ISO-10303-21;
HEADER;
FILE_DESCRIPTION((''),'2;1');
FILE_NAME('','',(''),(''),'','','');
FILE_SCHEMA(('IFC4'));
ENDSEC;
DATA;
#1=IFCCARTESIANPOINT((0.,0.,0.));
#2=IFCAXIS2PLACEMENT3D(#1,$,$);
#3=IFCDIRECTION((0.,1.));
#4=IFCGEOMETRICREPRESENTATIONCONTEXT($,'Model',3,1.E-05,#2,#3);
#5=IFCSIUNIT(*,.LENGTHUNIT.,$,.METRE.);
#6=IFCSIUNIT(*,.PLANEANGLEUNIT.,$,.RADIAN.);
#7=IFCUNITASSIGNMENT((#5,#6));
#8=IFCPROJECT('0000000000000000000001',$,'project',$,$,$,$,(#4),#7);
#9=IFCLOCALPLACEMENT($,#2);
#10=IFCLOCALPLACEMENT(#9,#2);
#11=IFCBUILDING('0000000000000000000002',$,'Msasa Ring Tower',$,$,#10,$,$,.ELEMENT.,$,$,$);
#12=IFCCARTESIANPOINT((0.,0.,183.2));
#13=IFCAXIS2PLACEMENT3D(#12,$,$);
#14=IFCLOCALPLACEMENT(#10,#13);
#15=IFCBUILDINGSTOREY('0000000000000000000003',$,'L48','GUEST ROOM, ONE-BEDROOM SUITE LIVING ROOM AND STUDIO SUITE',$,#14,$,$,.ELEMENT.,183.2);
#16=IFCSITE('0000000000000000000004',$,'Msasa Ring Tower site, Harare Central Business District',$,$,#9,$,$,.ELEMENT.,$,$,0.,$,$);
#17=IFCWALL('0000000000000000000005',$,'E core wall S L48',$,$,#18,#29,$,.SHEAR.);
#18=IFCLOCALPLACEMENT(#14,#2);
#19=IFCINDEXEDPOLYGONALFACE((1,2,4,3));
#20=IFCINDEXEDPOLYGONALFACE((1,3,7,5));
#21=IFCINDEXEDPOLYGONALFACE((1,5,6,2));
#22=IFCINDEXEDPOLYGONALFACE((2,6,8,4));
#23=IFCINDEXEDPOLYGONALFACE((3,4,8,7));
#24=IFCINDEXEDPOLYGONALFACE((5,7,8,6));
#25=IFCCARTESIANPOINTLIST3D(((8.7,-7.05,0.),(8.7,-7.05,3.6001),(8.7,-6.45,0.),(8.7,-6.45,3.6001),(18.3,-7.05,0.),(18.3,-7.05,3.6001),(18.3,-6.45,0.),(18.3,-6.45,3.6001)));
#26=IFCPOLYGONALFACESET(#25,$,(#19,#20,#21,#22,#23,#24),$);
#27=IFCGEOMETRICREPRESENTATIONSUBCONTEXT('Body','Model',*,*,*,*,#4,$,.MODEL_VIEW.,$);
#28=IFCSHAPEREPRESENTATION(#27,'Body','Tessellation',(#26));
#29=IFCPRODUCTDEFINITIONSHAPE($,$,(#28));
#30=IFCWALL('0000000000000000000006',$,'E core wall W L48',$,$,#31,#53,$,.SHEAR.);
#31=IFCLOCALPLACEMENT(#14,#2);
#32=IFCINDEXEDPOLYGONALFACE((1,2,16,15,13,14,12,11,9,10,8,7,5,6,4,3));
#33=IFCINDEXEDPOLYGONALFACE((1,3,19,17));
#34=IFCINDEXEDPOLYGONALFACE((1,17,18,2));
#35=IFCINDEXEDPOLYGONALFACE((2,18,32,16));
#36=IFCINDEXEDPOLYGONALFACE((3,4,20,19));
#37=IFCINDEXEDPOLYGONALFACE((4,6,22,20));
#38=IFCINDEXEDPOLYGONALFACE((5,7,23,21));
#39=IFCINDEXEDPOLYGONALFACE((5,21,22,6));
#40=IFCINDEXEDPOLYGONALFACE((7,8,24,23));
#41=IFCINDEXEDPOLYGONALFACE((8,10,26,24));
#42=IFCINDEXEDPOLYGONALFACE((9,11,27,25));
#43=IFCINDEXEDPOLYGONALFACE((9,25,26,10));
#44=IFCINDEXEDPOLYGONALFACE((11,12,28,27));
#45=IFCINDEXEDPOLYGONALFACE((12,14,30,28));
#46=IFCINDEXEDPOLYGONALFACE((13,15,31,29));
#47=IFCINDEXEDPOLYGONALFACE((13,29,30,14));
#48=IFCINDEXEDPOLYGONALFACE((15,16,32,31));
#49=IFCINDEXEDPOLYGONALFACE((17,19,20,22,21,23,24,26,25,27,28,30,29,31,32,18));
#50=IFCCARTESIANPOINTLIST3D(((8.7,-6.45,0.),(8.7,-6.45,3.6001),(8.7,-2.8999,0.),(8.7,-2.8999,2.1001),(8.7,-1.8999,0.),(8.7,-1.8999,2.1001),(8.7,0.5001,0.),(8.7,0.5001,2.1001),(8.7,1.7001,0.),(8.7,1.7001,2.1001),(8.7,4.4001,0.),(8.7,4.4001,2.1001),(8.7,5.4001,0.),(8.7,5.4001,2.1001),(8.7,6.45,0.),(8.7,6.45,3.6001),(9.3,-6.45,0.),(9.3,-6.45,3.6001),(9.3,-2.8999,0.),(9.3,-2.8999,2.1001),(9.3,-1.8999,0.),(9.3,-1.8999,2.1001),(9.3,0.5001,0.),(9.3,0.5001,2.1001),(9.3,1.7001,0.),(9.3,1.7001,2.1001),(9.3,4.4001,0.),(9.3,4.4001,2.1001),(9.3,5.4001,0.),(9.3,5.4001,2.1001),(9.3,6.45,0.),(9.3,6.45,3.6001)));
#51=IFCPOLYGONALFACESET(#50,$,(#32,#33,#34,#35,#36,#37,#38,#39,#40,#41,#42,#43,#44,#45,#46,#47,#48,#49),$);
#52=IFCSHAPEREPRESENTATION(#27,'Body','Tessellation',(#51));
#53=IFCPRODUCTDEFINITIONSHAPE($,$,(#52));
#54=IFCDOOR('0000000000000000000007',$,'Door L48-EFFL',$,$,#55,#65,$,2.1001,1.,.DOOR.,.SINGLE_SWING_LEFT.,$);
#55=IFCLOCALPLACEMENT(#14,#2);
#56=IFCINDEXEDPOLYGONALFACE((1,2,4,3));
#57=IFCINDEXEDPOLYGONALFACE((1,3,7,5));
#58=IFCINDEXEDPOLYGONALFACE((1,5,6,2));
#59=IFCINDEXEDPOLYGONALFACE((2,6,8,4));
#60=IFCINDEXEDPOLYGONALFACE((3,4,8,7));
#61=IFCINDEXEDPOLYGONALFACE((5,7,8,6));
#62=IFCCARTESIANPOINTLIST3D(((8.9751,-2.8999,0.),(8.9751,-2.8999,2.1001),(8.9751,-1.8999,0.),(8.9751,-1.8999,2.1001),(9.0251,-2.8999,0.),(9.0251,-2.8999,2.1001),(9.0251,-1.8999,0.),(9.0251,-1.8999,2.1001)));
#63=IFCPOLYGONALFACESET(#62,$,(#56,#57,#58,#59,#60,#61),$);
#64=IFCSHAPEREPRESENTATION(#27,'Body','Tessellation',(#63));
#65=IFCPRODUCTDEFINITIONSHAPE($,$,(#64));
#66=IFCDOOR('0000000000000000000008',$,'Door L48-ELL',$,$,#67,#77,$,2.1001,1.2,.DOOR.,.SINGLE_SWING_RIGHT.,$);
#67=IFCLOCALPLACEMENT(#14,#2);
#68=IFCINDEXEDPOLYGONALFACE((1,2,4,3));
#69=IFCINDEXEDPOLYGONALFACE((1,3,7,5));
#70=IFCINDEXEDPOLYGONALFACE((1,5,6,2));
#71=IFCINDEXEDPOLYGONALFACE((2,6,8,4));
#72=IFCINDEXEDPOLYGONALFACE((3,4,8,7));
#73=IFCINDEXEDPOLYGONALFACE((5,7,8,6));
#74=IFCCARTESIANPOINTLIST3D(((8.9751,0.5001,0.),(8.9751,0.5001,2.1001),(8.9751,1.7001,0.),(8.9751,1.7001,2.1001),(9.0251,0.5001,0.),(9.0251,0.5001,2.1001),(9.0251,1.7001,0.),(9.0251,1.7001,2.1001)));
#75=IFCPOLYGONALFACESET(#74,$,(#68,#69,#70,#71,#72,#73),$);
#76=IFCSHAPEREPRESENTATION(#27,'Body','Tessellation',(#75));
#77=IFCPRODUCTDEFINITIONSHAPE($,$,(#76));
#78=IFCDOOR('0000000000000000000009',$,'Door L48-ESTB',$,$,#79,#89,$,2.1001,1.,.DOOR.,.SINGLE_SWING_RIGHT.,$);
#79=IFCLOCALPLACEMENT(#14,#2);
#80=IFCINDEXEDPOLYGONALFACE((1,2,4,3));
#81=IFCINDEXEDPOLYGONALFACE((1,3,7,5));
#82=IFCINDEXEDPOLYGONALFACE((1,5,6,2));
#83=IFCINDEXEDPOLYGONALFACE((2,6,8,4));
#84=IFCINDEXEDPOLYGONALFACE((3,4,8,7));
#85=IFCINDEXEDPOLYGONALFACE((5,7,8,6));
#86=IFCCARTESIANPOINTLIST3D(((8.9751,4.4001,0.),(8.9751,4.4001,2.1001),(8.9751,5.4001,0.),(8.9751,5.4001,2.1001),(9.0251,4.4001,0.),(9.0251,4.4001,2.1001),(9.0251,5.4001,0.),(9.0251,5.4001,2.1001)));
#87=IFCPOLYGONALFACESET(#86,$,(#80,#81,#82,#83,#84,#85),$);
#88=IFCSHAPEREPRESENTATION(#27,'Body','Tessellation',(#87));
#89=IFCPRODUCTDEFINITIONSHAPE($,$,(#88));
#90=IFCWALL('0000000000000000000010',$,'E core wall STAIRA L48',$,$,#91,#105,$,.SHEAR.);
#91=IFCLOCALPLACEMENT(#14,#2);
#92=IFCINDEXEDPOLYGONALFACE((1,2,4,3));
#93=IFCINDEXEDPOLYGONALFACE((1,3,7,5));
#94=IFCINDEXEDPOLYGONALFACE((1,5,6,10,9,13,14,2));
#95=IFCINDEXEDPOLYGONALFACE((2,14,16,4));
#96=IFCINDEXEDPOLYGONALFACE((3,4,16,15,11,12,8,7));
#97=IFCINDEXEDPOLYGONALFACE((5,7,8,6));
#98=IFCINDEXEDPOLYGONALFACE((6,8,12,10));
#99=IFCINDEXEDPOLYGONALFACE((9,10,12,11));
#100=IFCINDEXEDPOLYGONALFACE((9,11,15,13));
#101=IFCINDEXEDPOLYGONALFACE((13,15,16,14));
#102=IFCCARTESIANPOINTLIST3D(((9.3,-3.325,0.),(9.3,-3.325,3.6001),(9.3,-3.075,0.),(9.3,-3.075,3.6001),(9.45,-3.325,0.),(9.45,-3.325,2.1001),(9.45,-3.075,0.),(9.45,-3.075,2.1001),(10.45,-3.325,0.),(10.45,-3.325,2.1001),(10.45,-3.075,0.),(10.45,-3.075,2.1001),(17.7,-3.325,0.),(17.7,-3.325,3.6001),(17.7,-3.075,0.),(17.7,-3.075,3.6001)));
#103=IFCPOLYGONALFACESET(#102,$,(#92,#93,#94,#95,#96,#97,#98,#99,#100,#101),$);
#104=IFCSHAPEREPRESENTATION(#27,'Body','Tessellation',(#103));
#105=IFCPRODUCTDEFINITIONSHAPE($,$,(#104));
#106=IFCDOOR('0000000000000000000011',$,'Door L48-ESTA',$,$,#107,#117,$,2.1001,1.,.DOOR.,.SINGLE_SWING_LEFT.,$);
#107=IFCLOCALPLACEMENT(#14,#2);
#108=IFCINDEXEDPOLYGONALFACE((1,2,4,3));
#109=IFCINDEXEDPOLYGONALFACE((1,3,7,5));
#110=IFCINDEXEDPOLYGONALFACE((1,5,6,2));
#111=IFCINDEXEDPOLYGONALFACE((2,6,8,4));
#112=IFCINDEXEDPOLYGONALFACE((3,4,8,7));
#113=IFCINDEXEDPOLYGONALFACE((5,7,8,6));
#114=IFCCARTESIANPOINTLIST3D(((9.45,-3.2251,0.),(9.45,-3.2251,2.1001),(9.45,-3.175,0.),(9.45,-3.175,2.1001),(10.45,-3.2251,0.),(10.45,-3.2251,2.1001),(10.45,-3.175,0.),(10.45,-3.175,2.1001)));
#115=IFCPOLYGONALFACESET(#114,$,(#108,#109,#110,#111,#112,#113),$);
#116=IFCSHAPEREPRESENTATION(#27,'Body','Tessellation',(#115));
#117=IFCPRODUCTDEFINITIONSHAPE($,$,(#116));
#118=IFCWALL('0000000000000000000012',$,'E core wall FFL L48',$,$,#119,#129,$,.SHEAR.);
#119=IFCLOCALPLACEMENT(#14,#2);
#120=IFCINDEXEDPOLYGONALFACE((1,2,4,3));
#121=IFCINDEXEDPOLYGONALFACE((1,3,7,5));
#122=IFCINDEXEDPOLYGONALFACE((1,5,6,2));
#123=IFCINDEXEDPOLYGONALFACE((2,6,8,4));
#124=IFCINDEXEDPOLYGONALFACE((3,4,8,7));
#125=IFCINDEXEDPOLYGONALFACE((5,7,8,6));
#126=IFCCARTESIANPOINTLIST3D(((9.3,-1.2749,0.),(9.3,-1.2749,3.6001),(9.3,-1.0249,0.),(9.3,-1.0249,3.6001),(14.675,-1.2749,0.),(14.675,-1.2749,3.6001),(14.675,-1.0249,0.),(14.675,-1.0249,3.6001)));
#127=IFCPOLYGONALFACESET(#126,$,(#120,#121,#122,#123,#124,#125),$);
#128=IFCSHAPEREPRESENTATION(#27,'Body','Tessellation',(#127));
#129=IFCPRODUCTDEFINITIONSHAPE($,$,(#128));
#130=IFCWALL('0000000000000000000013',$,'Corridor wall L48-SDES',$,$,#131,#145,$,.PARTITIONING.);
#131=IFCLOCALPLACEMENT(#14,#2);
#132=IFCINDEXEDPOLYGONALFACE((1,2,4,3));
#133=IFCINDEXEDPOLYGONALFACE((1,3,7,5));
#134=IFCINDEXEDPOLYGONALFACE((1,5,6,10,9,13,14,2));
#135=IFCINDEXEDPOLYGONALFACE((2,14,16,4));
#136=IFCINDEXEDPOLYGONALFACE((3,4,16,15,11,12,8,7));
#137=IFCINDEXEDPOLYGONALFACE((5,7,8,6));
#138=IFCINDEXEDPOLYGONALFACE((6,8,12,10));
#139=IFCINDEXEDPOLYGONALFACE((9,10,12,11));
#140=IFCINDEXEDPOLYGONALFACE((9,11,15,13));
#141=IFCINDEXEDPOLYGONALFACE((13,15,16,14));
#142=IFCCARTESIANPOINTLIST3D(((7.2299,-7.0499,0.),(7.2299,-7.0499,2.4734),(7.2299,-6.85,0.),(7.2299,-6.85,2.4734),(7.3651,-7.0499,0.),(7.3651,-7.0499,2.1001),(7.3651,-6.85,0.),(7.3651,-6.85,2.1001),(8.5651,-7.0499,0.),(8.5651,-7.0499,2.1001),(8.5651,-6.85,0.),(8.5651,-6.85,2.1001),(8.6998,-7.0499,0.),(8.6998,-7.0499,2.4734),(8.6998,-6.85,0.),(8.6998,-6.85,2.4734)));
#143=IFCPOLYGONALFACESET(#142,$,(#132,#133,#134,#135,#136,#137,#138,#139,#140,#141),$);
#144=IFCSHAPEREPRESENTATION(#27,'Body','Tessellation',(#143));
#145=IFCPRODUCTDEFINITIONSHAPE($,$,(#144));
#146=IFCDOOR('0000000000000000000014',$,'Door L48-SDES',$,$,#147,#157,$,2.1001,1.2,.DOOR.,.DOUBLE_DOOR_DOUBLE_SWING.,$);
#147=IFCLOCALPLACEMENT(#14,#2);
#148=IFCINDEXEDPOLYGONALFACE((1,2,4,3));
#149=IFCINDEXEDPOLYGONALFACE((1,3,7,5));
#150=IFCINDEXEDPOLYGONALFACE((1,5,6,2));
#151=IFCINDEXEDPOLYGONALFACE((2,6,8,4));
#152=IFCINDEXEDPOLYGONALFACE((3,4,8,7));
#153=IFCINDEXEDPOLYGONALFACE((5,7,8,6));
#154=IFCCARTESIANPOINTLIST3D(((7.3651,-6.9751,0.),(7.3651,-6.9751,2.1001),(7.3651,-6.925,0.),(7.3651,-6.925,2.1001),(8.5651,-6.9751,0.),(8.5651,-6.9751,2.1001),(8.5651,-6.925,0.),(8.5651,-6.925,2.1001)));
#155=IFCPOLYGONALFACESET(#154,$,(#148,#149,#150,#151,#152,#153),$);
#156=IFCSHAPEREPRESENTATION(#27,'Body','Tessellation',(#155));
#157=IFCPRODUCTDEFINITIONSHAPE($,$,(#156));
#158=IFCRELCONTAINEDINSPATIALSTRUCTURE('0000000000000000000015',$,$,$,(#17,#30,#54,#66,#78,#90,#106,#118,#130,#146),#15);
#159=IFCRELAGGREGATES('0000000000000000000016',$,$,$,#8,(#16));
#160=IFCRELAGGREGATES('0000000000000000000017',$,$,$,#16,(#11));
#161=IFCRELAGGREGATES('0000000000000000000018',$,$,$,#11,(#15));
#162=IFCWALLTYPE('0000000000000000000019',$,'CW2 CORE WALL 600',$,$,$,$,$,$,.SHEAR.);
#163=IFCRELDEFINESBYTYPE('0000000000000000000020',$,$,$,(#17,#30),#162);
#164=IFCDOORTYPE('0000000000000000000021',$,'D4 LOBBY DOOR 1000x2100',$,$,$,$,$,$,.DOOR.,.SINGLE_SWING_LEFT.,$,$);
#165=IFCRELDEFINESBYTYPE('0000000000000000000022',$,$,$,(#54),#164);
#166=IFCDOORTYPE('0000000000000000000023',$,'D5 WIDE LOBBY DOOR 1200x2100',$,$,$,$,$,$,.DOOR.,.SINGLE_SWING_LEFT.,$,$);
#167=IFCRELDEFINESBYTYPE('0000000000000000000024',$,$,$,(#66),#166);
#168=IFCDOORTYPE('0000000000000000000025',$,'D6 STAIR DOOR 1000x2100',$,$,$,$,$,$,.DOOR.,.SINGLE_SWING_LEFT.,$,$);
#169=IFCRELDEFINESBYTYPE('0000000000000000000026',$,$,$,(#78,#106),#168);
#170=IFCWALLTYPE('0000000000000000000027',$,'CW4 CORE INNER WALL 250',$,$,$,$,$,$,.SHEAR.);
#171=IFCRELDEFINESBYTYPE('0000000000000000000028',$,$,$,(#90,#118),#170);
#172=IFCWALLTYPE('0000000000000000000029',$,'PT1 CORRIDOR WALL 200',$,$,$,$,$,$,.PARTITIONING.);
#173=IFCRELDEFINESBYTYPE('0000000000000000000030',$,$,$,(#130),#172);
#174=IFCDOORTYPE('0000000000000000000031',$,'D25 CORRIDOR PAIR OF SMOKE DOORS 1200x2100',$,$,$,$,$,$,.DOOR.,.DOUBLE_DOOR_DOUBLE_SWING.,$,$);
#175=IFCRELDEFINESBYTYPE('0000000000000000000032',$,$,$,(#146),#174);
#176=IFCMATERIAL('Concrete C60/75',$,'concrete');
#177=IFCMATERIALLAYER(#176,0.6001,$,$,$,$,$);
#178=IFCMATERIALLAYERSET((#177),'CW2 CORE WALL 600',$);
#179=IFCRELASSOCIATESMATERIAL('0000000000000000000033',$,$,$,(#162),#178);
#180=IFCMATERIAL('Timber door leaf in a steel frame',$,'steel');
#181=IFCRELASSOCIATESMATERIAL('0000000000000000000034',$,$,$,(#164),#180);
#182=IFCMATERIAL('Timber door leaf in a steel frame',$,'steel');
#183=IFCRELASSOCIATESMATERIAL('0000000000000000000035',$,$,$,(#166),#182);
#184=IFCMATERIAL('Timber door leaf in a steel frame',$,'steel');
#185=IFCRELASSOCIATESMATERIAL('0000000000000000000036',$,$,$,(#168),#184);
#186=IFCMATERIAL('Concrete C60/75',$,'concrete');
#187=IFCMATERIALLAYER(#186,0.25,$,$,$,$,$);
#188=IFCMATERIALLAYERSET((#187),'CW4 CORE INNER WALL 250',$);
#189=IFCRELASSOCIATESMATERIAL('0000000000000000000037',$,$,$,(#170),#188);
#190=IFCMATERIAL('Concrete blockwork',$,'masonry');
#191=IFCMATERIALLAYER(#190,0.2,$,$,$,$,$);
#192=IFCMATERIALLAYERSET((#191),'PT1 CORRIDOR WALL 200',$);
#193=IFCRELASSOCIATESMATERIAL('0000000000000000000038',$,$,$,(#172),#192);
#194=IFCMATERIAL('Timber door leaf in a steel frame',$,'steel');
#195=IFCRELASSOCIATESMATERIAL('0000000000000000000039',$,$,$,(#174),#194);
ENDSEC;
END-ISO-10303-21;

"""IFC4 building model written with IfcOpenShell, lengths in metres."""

from ifc_helpers import new_model, si_unit, direction, frame, frame_2d, origin, place, context, subcontext, project, spatial, rectangle, extrude, material, layer, layer_set, type_object, element, fill, save


model = new_model("IFC4")

# Units and contexts
model_context = context("Model", 3, precision=1e-05, world=origin(), true_north=direction((0.0, 1.0)))
body_context = subcontext(model_context, "Body", "Model", "MODEL_VIEW")
ifc_project = project(units=[si_unit("LENGTHUNIT", "METRE"), si_unit("PLANEANGLEUNIT", "RADIAN")], contexts=[model_context])

# Site, building, storey
site_placement = place(None, origin())
site = spatial("IfcSite", under=ifc_project, at=site_placement, Name="Msasa Ring Tower site, Harare Central Business District", CompositionType="ELEMENT", RefElevation=0.0)
building_placement = place(site_placement, origin())
building = spatial("IfcBuilding", under=site, at=building_placement, Name="Msasa Ring Tower", CompositionType="ELEMENT")
storey_placement = place(building_placement, frame((0.0, 0.0, 183.2)))
storey = spatial("IfcBuildingStorey", under=building, at=storey_placement, Name="L48", Description="GUEST ROOM, ONE-BEDROOM SUITE LIVING ROOM AND STUDIO SUITE", CompositionType="ELEMENT", Elevation=183.2)

# Wall
ifc_material_1 = material(Name="Concrete C60/75", Category="concrete")
ifc_layer_1 = layer(ifc_material_1, 0.6001)
ifc_layer_set_1 = layer_set([ifc_layer_1], Name="CW2 CORE WALL 600")
wall_type_1 = type_object("IfcWallType", Name="CW2 CORE WALL 600", PredefinedType="SHEAR", material=ifc_layer_set_1)
wall_1_placement = place(storey_placement, frame((8.7, -6.75, 0.0), z_axis=(0.0, 0.0, 1.0), x_axis=(1.0, 0.0, 0.0)))
element("IfcWall", 1, at=wall_1_placement, inside=storey, type_object=wall_type_1, Name="E core wall S L48", PredefinedType="SHEAR", context=body_context, shape_type="SweptSolid", body=[
    extrude(rectangle(XDim=9.6001, YDim=0.6001, at=frame_2d((4.8, 0.0))), origin(), (0.0, 0.0, 1.0), 3.6001),
])

# Wall, openings, doors
wall_2_placement = place(storey_placement, frame((9.0, -6.45, 0.0), z_axis=(0.0, 0.0, 1.0), x_axis=(0.0, 1.0, 0.0)))
wall_2 = element("IfcWall", 2, at=wall_2_placement, inside=storey, type_object=wall_type_1, Name="E core wall W L48", PredefinedType="SHEAR", context=body_context, shape_type="SweptSolid", body=[
    extrude(rectangle(XDim=12.8999, YDim=0.6001, at=frame_2d((6.45, 0.0))), origin(), (0.0, 0.0, 1.0), 3.6001),
])
opening_1_placement = place(wall_2_placement, frame((3.55, 0.0, 0.0)))
opening_1 = element("IfcOpeningElement", 3, at=opening_1_placement, cuts=wall_2, PredefinedType="OPENING", context=body_context, shape_type="SweptSolid", body=[
    extrude(rectangle(XDim=1.0, YDim=2.1001, at=frame_2d((0.5, 1.05))), frame((0.0, 0.3101, 0.0), z_axis=(0.0, -1.0, 0.0), x_axis=(1.0, 0.0, 0.0)), (0.0, 0.0, 1.0), 0.6201),
])
opening_2_placement = place(wall_2_placement, frame((6.95, 0.0, 0.0)))
opening_2 = element("IfcOpeningElement", 4, at=opening_2_placement, cuts=wall_2, PredefinedType="OPENING", context=body_context, shape_type="SweptSolid", body=[
    extrude(rectangle(XDim=1.2, YDim=2.1001, at=frame_2d((0.6001, 1.05))), frame((0.0, 0.3101, 0.0), z_axis=(0.0, -1.0, 0.0), x_axis=(1.0, 0.0, 0.0)), (0.0, 0.0, 1.0), 0.6201),
])
opening_3_placement = place(wall_2_placement, frame((10.8501, 0.0, 0.0)))
opening_3 = element("IfcOpeningElement", 5, at=opening_3_placement, cuts=wall_2, PredefinedType="OPENING", context=body_context, shape_type="SweptSolid", body=[
    extrude(rectangle(XDim=1.0, YDim=2.1001, at=frame_2d((0.5, 1.05))), frame((0.0, 0.3101, 0.0), z_axis=(0.0, -1.0, 0.0), x_axis=(1.0, 0.0, 0.0)), (0.0, 0.0, 1.0), 0.6201),
])
ifc_material_2 = material(Name="Timber door leaf in a steel frame", Category="steel")
door_type_1 = type_object("IfcDoorType", Name="D4 LOBBY DOOR 1000x2100", OperationType="SINGLE_SWING_LEFT", PredefinedType="DOOR", material=ifc_material_2)
door_1_placement = place(opening_1_placement, origin())
door_1 = element("IfcDoor", 6, at=door_1_placement, inside=storey, type_object=door_type_1, Name="Door L48-EFFL", OperationType="SINGLE_SWING_LEFT", OverallHeight=2.1001, OverallWidth=1.0, PredefinedType="DOOR", context=body_context, shape_type="SweptSolid", body=[
    extrude(rectangle(XDim=1.0, YDim=2.1001, at=frame_2d((0.5, 1.05))), frame((0.0, 0.0249, 0.0), z_axis=(0.0, -1.0, 0.0), x_axis=(1.0, 0.0, 0.0)), (0.0, 0.0, 1.0), 0.05),
])
fill(opening_1, door_1)
ifc_material_3 = material(Name="Timber door leaf in a steel frame", Category="steel")
door_type_2 = type_object("IfcDoorType", Name="D5 WIDE LOBBY DOOR 1200x2100", OperationType="SINGLE_SWING_LEFT", PredefinedType="DOOR", material=ifc_material_3)
door_2_placement = place(opening_2_placement, origin())
door_2 = element("IfcDoor", 7, at=door_2_placement, inside=storey, type_object=door_type_2, Name="Door L48-ELL", OperationType="SINGLE_SWING_RIGHT", OverallHeight=2.1001, OverallWidth=1.2, PredefinedType="DOOR", context=body_context, shape_type="SweptSolid", body=[
    extrude(rectangle(XDim=1.2, YDim=2.1001, at=frame_2d((0.6001, 1.05))), frame((0.0, 0.0249, 0.0), z_axis=(0.0, -1.0, 0.0), x_axis=(1.0, 0.0, 0.0)), (0.0, 0.0, 1.0), 0.05),
])
fill(opening_2, door_2)
ifc_material_4 = material(Name="Timber door leaf in a steel frame", Category="steel")
door_type_3 = type_object("IfcDoorType", Name="D6 STAIR DOOR 1000x2100", OperationType="SINGLE_SWING_LEFT", PredefinedType="DOOR", material=ifc_material_4)
door_3_placement = place(opening_3_placement, origin())
door_3 = element("IfcDoor", 8, at=door_3_placement, inside=storey, type_object=door_type_3, Name="Door L48-ESTB", OperationType="SINGLE_SWING_RIGHT", OverallHeight=2.1001, OverallWidth=1.0, PredefinedType="DOOR", context=body_context, shape_type="SweptSolid", body=[
    extrude(rectangle(XDim=1.0, YDim=2.1001, at=frame_2d((0.5, 1.05))), frame((0.0, 0.0249, 0.0), z_axis=(0.0, -1.0, 0.0), x_axis=(1.0, 0.0, 0.0)), (0.0, 0.0, 1.0), 0.05),
])
fill(opening_3, door_3)

# Wall, opening, door
ifc_material_5 = material(Name="Concrete C60/75", Category="concrete")
ifc_layer_2 = layer(ifc_material_5, 0.25)
ifc_layer_set_2 = layer_set([ifc_layer_2], Name="CW4 CORE INNER WALL 250")
wall_type_2 = type_object("IfcWallType", Name="CW4 CORE INNER WALL 250", PredefinedType="SHEAR", material=ifc_layer_set_2)
wall_3_placement = place(storey_placement, frame((9.3, -3.2, 0.0), z_axis=(0.0, 0.0, 1.0), x_axis=(1.0, 0.0, 0.0)))
wall_3 = element("IfcWall", 9, at=wall_3_placement, inside=storey, type_object=wall_type_2, Name="E core wall STAIRA L48", PredefinedType="SHEAR", context=body_context, shape_type="SweptSolid", body=[
    extrude(rectangle(XDim=8.3999, YDim=0.25, at=frame_2d((4.2, 0.0))), origin(), (0.0, 0.0, 1.0), 3.6001),
])
opening_4_placement = place(wall_3_placement, frame((0.1499, 0.0, 0.0)))
opening_4 = element("IfcOpeningElement", 10, at=opening_4_placement, cuts=wall_3, PredefinedType="OPENING", context=body_context, shape_type="SweptSolid", body=[
    extrude(rectangle(XDim=1.0, YDim=2.1001, at=frame_2d((0.5, 1.05))), frame((0.0, 0.135, 0.0), z_axis=(0.0, -1.0, 0.0), x_axis=(1.0, 0.0, 0.0)), (0.0, 0.0, 1.0), 0.27),
])
door_4_placement = place(opening_4_placement, origin())
door_4 = element("IfcDoor", 11, at=door_4_placement, inside=storey, type_object=door_type_3, Name="Door L48-ESTA", OperationType="SINGLE_SWING_LEFT", OverallHeight=2.1001, OverallWidth=1.0, PredefinedType="DOOR", context=body_context, shape_type="SweptSolid", body=[
    extrude(rectangle(XDim=1.0, YDim=2.1001, at=frame_2d((0.5, 1.05))), frame((0.0, 0.0249, 0.0), z_axis=(0.0, -1.0, 0.0), x_axis=(1.0, 0.0, 0.0)), (0.0, 0.0, 1.0), 0.05),
])
fill(opening_4, door_4)

# Wall
wall_4_placement = place(storey_placement, frame((9.3, -1.1499, 0.0), z_axis=(0.0, 0.0, 1.0), x_axis=(1.0, 0.0, 0.0)))
element("IfcWall", 12, at=wall_4_placement, inside=storey, type_object=wall_type_2, Name="E core wall FFL L48", PredefinedType="SHEAR", context=body_context, shape_type="SweptSolid", body=[
    extrude(rectangle(XDim=5.375, YDim=0.25, at=frame_2d((2.6875, 0.0))), origin(), (0.0, 0.0, 1.0), 3.6001),
])

# Wall, opening, door
ifc_material_6 = material(Name="Concrete blockwork", Category="masonry")
ifc_layer_3 = layer(ifc_material_6, 0.2)
ifc_layer_set_3 = layer_set([ifc_layer_3], Name="PT1 CORRIDOR WALL 200")
wall_type_3 = type_object("IfcWallType", Name="PT1 CORRIDOR WALL 200", PredefinedType="PARTITIONING", material=ifc_layer_set_3)
wall_5_placement = place(storey_placement, frame((7.23, -6.95, 0.0), z_axis=(0.0, 0.0, 1.0), x_axis=(1.0, 0.0, 0.0)))
wall_5 = element("IfcWall", 13, at=wall_5_placement, inside=storey, type_object=wall_type_3, Name="Corridor wall L48-SDES", PredefinedType="PARTITIONING", context=body_context, shape_type="SweptSolid", body=[
    extrude(rectangle(XDim=1.47, YDim=0.2, at=frame_2d((0.7349, 0.0))), origin(), (0.0, 0.0, 1.0), 2.4734),
])
opening_5_placement = place(wall_5_placement, frame((0.135, 0.0, 0.0)))
opening_5 = element("IfcOpeningElement", 14, at=opening_5_placement, cuts=wall_5, PredefinedType="OPENING", context=body_context, shape_type="SweptSolid", body=[
    extrude(rectangle(XDim=1.2, YDim=2.1001, at=frame_2d((0.6001, 1.05))), frame((0.0, 0.1099, 0.0), z_axis=(0.0, -1.0, 0.0), x_axis=(1.0, 0.0, 0.0)), (0.0, 0.0, 1.0), 0.22),
])
ifc_material_7 = material(Name="Timber door leaf in a steel frame", Category="steel")
door_type_4 = type_object("IfcDoorType", Name="D25 CORRIDOR PAIR OF SMOKE DOORS 1200x2100", OperationType="DOUBLE_DOOR_DOUBLE_SWING", PredefinedType="DOOR", material=ifc_material_7)
door_5_placement = place(opening_5_placement, origin())
door_5 = element("IfcDoor", 15, at=door_5_placement, inside=storey, type_object=door_type_4, Name="Door L48-SDES", OperationType="DOUBLE_DOOR_DOUBLE_SWING", OverallHeight=2.1001, OverallWidth=1.2, PredefinedType="DOOR", context=body_context, shape_type="SweptSolid", body=[
    extrude(rectangle(XDim=1.2, YDim=2.1001, at=frame_2d((0.6001, 1.05))), frame((0.0, 0.0249, 0.0), z_axis=(0.0, -1.0, 0.0), x_axis=(1.0, 0.0, 0.0)), (0.0, 0.0, 1.0), 0.05),
])
fill(opening_5, door_5)

save(model, "model.ifc")
